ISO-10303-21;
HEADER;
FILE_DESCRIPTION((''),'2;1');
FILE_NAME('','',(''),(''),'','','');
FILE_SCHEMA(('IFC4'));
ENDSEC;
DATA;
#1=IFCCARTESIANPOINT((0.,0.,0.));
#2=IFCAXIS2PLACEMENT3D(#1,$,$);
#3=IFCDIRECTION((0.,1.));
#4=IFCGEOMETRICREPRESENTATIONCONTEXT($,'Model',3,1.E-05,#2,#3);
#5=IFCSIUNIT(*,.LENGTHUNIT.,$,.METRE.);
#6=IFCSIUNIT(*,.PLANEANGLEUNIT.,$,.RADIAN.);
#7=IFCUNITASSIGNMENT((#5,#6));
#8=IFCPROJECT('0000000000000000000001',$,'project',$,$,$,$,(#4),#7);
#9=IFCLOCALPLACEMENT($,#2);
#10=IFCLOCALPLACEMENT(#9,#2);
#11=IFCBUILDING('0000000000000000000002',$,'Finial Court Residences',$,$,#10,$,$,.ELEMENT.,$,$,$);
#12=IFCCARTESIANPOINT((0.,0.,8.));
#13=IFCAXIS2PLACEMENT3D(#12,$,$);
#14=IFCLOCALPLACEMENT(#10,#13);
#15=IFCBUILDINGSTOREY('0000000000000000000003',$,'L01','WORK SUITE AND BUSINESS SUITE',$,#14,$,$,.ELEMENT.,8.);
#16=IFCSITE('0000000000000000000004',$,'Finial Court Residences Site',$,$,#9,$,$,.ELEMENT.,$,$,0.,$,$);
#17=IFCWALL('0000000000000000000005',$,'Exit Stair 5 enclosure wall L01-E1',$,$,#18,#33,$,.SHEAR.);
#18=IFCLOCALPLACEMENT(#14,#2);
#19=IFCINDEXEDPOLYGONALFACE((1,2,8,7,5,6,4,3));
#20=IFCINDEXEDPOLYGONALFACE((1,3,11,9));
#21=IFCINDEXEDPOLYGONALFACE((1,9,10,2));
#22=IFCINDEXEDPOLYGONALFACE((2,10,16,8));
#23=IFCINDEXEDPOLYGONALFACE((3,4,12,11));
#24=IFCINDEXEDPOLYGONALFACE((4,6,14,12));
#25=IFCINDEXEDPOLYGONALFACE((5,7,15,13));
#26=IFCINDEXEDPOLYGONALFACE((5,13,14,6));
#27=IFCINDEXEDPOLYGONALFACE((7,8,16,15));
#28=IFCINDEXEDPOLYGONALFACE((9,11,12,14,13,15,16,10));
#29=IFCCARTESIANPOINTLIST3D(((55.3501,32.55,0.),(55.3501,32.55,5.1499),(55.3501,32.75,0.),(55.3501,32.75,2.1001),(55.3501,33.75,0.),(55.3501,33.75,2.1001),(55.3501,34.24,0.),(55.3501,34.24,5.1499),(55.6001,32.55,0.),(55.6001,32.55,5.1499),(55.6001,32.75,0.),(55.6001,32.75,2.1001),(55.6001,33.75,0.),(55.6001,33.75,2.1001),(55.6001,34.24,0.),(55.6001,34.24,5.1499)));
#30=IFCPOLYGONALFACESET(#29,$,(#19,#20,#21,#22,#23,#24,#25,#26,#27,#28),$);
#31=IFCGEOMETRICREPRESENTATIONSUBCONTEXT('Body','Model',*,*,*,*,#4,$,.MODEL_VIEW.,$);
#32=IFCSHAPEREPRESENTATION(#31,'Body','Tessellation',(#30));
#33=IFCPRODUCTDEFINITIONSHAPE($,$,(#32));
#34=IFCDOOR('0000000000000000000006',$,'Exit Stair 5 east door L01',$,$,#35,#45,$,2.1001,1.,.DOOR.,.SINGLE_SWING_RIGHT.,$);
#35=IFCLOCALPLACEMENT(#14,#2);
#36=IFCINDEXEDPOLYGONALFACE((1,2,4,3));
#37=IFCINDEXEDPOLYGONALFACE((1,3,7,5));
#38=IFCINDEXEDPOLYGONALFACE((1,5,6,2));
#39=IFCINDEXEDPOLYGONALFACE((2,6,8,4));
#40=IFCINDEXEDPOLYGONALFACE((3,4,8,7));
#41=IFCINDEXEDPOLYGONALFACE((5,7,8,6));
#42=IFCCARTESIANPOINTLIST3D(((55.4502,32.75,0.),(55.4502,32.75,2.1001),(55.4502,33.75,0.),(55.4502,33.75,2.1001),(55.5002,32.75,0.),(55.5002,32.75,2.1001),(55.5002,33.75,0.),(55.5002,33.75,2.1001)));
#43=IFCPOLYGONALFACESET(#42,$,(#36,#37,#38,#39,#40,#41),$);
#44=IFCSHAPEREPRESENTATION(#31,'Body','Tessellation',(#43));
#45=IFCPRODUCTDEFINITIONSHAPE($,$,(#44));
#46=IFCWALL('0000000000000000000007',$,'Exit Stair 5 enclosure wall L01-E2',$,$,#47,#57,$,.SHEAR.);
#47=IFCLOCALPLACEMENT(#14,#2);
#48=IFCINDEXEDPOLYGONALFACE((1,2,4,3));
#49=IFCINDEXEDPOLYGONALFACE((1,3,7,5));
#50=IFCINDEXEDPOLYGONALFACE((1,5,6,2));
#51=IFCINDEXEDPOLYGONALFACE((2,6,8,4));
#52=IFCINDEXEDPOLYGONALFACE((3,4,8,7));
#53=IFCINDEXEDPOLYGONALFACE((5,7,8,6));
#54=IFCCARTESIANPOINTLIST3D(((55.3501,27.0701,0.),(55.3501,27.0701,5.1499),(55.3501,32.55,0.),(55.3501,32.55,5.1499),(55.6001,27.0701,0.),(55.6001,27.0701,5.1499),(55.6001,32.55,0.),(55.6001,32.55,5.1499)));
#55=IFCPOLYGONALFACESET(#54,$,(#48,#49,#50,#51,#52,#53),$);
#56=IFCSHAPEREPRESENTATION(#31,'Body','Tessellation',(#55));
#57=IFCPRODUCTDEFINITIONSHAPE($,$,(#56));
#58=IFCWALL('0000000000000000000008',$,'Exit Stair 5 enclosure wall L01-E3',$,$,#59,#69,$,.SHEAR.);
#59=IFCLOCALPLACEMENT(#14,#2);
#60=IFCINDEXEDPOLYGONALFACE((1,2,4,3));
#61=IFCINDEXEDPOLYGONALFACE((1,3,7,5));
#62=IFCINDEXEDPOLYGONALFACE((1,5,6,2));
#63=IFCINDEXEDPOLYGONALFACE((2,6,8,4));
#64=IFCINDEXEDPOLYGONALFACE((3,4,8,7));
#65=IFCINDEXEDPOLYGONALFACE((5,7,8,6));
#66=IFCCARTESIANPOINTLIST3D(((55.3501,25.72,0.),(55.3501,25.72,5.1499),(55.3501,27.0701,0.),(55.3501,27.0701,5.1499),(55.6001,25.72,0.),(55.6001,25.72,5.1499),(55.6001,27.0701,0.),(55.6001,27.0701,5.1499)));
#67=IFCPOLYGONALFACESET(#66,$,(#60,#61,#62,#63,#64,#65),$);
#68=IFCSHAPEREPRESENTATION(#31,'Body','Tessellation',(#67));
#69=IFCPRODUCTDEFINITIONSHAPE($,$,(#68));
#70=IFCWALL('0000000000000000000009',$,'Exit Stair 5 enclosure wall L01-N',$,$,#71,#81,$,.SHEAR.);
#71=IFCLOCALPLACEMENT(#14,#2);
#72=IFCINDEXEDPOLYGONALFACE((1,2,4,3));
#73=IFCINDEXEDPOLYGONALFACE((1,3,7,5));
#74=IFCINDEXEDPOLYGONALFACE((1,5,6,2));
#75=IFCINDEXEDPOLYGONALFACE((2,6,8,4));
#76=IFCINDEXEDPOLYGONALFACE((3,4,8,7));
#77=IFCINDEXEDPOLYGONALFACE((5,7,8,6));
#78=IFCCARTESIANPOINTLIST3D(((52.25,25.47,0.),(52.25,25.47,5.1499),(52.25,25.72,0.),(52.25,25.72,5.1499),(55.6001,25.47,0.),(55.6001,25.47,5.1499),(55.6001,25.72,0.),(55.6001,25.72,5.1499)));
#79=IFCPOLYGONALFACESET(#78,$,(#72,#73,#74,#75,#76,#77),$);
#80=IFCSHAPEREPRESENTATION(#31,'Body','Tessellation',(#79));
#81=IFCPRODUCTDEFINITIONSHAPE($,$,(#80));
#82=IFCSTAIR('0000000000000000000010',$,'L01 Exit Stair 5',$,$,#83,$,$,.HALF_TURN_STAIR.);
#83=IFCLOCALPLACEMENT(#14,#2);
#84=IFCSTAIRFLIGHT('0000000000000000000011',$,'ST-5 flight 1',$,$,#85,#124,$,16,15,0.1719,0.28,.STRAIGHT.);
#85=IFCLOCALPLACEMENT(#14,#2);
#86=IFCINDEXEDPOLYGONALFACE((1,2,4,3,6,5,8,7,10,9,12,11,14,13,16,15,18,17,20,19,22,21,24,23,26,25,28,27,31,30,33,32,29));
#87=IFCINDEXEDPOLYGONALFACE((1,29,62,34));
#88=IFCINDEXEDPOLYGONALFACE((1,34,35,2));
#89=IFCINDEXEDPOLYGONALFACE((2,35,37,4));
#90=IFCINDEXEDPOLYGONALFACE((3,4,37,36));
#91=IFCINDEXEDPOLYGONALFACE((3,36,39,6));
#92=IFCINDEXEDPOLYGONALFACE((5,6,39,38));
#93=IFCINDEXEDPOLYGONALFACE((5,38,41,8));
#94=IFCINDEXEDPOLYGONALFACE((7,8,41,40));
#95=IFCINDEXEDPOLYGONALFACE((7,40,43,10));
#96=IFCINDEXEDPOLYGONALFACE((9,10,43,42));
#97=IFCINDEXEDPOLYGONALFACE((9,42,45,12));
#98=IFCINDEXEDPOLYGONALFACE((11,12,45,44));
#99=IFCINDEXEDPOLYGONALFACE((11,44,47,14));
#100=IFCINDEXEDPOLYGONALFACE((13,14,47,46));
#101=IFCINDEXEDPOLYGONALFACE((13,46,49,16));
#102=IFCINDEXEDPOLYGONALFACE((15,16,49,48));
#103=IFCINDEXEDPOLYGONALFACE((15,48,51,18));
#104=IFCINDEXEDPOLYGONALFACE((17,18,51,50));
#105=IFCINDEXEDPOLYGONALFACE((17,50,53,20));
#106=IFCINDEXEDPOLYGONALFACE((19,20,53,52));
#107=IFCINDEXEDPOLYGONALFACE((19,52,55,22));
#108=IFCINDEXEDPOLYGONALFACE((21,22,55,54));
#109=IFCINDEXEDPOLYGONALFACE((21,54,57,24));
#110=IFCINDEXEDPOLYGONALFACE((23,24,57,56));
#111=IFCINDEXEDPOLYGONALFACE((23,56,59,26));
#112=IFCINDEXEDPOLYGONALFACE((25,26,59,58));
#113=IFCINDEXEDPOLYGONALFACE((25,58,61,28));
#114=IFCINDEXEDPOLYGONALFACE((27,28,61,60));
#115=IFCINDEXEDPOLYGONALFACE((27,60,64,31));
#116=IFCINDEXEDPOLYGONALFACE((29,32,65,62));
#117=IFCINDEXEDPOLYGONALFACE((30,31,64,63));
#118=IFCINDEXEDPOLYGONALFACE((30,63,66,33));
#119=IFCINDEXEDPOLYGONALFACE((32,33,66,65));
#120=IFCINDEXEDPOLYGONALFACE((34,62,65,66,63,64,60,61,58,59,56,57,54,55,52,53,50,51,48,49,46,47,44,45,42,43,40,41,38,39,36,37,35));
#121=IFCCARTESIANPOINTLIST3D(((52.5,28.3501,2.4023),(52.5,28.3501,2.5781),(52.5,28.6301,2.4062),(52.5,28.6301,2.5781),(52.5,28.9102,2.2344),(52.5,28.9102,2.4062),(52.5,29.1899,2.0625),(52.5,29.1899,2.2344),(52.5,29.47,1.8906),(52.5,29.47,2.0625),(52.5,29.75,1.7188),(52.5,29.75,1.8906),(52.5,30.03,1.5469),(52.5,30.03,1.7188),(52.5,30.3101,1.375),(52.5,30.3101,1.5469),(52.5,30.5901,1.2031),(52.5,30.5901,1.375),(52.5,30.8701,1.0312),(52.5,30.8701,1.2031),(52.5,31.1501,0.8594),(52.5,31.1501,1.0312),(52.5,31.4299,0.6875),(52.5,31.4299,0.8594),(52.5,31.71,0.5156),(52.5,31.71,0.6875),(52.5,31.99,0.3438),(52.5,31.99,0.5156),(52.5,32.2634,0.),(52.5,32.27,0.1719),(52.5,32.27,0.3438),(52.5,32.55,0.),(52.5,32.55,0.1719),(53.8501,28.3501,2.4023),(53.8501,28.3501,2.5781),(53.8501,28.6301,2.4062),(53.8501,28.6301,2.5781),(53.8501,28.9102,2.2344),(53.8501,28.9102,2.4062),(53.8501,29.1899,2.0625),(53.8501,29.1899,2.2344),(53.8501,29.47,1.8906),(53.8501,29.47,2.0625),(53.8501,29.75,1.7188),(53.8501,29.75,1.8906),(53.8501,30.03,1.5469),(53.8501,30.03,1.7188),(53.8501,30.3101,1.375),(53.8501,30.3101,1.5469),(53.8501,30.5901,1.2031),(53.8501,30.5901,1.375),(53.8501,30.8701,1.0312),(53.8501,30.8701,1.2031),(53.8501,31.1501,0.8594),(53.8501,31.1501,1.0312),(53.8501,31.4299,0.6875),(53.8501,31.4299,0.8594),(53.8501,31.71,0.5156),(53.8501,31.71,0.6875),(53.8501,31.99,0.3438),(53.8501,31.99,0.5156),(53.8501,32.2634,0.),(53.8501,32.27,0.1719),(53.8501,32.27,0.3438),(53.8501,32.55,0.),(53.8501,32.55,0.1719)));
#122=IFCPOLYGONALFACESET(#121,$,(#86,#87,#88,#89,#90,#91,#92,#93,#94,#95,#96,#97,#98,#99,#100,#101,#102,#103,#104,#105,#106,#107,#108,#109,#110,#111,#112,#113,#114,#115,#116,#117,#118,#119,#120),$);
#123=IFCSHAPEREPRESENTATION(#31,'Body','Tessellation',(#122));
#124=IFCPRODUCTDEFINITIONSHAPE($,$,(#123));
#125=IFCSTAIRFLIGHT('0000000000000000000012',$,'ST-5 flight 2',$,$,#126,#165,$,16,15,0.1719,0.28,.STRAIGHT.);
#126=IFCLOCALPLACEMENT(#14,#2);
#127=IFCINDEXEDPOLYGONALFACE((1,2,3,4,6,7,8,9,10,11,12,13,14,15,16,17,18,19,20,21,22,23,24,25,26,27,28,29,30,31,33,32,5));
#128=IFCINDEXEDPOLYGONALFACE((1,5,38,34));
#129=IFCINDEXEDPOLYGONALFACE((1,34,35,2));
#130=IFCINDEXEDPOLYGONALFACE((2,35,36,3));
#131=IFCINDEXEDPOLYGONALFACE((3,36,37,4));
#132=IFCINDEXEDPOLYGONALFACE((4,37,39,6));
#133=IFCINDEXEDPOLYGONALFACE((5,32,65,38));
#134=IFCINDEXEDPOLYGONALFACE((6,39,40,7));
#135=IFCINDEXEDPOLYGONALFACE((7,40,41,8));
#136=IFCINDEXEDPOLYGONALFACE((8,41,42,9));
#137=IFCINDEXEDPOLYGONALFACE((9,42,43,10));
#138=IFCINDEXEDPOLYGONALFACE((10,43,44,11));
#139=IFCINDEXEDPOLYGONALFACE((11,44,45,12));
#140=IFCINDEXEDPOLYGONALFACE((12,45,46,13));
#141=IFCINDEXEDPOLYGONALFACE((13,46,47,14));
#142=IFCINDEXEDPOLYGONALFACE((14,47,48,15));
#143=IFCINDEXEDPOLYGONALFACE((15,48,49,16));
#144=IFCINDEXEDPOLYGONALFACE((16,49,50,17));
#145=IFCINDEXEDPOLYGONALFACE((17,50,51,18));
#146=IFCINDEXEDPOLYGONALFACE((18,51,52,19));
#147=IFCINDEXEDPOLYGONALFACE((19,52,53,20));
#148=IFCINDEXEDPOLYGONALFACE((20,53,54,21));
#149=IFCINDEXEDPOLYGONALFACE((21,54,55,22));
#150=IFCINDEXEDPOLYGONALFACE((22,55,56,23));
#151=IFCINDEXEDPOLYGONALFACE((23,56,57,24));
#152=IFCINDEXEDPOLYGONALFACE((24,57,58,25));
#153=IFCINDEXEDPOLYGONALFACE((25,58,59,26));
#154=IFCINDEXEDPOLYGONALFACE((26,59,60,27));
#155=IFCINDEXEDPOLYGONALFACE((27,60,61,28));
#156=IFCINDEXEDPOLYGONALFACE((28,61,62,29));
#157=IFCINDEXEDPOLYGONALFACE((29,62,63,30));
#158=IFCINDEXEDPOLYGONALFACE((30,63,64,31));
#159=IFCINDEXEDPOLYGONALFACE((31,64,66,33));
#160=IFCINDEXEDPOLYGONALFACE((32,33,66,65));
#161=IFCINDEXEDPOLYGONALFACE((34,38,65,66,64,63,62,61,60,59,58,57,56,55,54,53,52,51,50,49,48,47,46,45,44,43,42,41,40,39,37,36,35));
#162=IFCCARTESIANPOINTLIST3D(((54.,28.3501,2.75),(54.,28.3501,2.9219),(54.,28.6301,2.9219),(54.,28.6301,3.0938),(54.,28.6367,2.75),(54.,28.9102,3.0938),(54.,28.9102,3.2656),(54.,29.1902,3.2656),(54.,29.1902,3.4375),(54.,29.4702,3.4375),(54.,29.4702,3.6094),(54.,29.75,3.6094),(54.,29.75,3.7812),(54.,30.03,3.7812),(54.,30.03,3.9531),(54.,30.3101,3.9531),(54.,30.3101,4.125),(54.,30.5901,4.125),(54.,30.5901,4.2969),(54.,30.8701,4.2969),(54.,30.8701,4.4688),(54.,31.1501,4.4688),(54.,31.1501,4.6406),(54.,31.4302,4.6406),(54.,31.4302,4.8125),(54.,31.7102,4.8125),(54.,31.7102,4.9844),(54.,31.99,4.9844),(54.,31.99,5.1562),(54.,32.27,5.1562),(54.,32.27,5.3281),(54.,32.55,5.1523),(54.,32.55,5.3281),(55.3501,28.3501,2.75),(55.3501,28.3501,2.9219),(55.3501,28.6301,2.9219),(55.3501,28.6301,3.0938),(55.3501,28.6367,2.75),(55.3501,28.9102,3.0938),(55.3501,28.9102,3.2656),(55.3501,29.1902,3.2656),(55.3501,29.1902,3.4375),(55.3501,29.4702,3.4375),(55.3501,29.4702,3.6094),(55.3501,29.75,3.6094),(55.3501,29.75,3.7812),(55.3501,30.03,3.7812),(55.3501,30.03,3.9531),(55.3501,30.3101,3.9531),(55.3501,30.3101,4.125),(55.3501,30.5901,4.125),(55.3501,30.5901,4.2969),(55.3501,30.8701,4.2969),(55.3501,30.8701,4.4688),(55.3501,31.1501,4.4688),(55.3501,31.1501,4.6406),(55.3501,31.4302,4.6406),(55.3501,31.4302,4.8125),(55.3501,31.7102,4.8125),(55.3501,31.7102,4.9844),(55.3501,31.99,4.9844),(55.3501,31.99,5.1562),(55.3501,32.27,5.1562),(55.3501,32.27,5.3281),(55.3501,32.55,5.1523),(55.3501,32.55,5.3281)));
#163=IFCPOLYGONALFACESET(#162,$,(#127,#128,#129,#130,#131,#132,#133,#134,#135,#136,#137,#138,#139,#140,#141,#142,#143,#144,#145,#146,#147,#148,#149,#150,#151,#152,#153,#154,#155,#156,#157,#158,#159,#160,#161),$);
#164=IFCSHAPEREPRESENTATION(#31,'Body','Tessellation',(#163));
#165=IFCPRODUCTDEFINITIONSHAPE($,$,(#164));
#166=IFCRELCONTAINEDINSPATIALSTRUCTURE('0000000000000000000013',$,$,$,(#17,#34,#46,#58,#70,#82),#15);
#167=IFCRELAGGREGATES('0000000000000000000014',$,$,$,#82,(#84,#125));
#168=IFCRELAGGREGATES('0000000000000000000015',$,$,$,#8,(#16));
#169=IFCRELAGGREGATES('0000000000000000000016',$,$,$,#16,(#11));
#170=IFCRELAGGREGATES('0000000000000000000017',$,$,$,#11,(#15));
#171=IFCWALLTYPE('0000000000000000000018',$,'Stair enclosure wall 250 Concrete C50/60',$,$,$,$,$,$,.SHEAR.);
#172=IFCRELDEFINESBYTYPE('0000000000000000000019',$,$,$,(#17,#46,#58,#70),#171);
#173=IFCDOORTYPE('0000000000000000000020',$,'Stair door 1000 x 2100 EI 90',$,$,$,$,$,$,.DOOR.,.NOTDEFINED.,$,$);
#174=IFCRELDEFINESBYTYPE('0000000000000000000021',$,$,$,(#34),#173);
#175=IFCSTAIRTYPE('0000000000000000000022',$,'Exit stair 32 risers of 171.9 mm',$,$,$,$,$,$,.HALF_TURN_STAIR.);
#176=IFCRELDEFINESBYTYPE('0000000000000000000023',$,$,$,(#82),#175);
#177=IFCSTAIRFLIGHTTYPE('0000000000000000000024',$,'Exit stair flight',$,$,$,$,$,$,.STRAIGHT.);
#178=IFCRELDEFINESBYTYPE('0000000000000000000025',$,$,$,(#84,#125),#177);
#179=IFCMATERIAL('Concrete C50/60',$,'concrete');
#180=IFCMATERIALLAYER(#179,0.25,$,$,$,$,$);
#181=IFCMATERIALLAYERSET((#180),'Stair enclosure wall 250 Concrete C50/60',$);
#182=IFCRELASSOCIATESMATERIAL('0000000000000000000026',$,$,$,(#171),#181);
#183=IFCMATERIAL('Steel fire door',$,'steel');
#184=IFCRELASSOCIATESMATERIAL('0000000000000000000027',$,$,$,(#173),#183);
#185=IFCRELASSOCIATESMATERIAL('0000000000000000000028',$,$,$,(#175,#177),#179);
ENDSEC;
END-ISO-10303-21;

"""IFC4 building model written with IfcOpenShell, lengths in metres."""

from ifc_helpers import new_model, si_unit, direction, frame, frame_2d, origin, place, context, subcontext, project, spatial, polyline, rectangle, outline, extrude, material, layer, layer_set, type_object, element, fill, aggregate, save


model = new_model("IFC4")

# Units and contexts
model_context = context("Model", 3, precision=1e-05, world=origin(), true_north=direction((0.0, 1.0)))
body_context = subcontext(model_context, "Body", "Model", "MODEL_VIEW")
ifc_project = project(units=[si_unit("LENGTHUNIT", "METRE"), si_unit("PLANEANGLEUNIT", "RADIAN")], contexts=[model_context])

# Site, building, storey
site_placement = place(None, origin())
site = spatial("IfcSite", under=ifc_project, at=site_placement, Name="Finial Court Residences Site", CompositionType="ELEMENT", RefElevation=0.0)
building_placement = place(site_placement, origin())
building = spatial("IfcBuilding", under=site, at=building_placement, Name="Finial Court Residences", CompositionType="ELEMENT")
storey_placement = place(building_placement, frame((0.0, 0.0, 8.0)))
storey = spatial("IfcBuildingStorey", under=building, at=storey_placement, Name="L01", Description="WORK SUITE AND BUSINESS SUITE", CompositionType="ELEMENT", Elevation=8.0)

# Shared definitions
ifc_material_1 = material(Name="Concrete C50/60", Category="concrete")

# Shared definitions
ifc_layer_1 = layer(ifc_material_1, 0.25)
ifc_layer_set_1 = layer_set([ifc_layer_1], Name="Stair enclosure wall 250 Concrete C50/60")
wall_type_1 = type_object("IfcWallType", Name="Stair enclosure wall 250 Concrete C50/60", PredefinedType="SHEAR", material=ifc_layer_set_1)
ifc_material_2 = material(Name="Steel fire door", Category="steel")
door_type_1 = type_object("IfcDoorType", Name="Stair door 1000 x 2100 EI 90", OperationType="NOTDEFINED", PredefinedType="DOOR", material=ifc_material_2)

# Wall, opening, door
wall_1_placement = place(storey_placement, frame((55.4751, 32.55, 0.0), z_axis=(0.0, 0.0, 1.0), x_axis=(0.0, 1.0, 0.0)))
wall_1 = element("IfcWall", 1, at=wall_1_placement, inside=storey, type_object=wall_type_1, Name="Exit Stair 5 enclosure wall L01-E1", PredefinedType="SHEAR", context=body_context, shape_type="SweptSolid", body=[
    extrude(rectangle(XDim=1.6899, YDim=0.25, at=frame_2d((0.845, 0.0))), origin(), (0.0, 0.0, 1.0), 5.1499),
])
opening_1_placement = place(wall_1_placement, frame((0.2, 0.0, 0.0)))
opening_1 = element("IfcOpeningElement", 2, at=opening_1_placement, cuts=wall_1, PredefinedType="OPENING", context=body_context, shape_type="SweptSolid", body=[
    extrude(rectangle(XDim=1.0, YDim=2.1001, at=frame_2d((0.5, 1.05))), frame((0.0, 0.135, 0.0), z_axis=(0.0, -1.0, 0.0), x_axis=(1.0, 0.0, 0.0)), (0.0, 0.0, 1.0), 0.27),
])
door_1_placement = place(opening_1_placement, origin())
door_1 = element("IfcDoor", 3, at=door_1_placement, inside=storey, type_object=door_type_1, Name="Exit Stair 5 east door L01", OperationType="SINGLE_SWING_RIGHT", OverallHeight=2.1001, OverallWidth=1.0, PredefinedType="DOOR", context=body_context, shape_type="SweptSolid", body=[
    extrude(rectangle(XDim=1.0, YDim=2.1001, at=frame_2d((0.5, 1.05))), frame((0.0, 0.0249, 0.0), z_axis=(0.0, -1.0, 0.0), x_axis=(1.0, 0.0, 0.0)), (0.0, 0.0, 1.0), 0.05),
])
fill(opening_1, door_1)

# Walls
wall_2_placement = place(storey_placement, frame((55.4751, 27.0701, 0.0), z_axis=(0.0, 0.0, 1.0), x_axis=(0.0, 1.0, 0.0)))
element("IfcWall", 4, at=wall_2_placement, inside=storey, type_object=wall_type_1, Name="Exit Stair 5 enclosure wall L01-E2", PredefinedType="SHEAR", context=body_context, shape_type="SweptSolid", body=[
    extrude(rectangle(XDim=5.48, YDim=0.25, at=frame_2d((2.74, 0.0))), origin(), (0.0, 0.0, 1.0), 5.1499),
])
wall_3_placement = place(storey_placement, frame((55.4751, 25.72, 0.0), z_axis=(0.0, 0.0, 1.0), x_axis=(0.0, 1.0, 0.0)))
element("IfcWall", 5, at=wall_3_placement, inside=storey, type_object=wall_type_1, Name="Exit Stair 5 enclosure wall L01-E3", PredefinedType="SHEAR", context=body_context, shape_type="SweptSolid", body=[
    extrude(rectangle(XDim=1.3501, YDim=0.25, at=frame_2d((0.675, 0.0))), origin(), (0.0, 0.0, 1.0), 5.1499),
])
wall_4_placement = place(storey_placement, frame((52.25, 25.595, 0.0), z_axis=(0.0, 0.0, 1.0), x_axis=(1.0, 0.0, 0.0)))
element("IfcWall", 6, at=wall_4_placement, inside=storey, type_object=wall_type_1, Name="Exit Stair 5 enclosure wall L01-N", PredefinedType="SHEAR", context=body_context, shape_type="SweptSolid", body=[
    extrude(rectangle(XDim=3.3501, YDim=0.25, at=frame_2d((1.675, 0.0))), origin(), (0.0, 0.0, 1.0), 5.1499),
])

# Stair, stair flights
stair_type = type_object("IfcStairType", Name="Exit stair 32 risers of 171.9 mm", PredefinedType="HALF_TURN_STAIR", material=ifc_material_1)
stair_placement = place(storey_placement, origin())
stair = element("IfcStair", 7, at=stair_placement, inside=storey, type_object=stair_type, Name="L01 Exit Stair 5", PredefinedType="HALF_TURN_STAIR")
stair_flight_type = type_object("IfcStairFlightType", Name="Exit stair flight", PredefinedType="STRAIGHT", material=ifc_material_1)
stair_flight_1_placement = place(storey_placement, frame((53.175, 32.55, 0.0), z_axis=(0.0, 0.0, 1.0), x_axis=(0.0, -1.0, 0.0)))
stair_flight_1 = element("IfcStairFlight", 8, at=stair_flight_1_placement, type_object=stair_flight_type, Name="ST-5 flight 1", NumberOfRisers=16, NumberOfTreads=15, PredefinedType="STRAIGHT", RiserHeight=0.1719, TreadLength=0.28, context=body_context, shape_type="SweptSolid", body=[
    extrude(outline(polyline([(0.0, 0.0), (0.0, 0.1719), (0.28, 0.1719), (0.28, 0.3438), (0.5601, 0.3438), (0.5601, 0.5156), (0.8401, 0.5156), (0.8401, 0.6875), (1.1201, 0.6875), (1.1201, 0.8594), (1.3999, 0.8594), (1.3999, 1.0312), (1.6799, 1.0312), (1.6799, 1.2031), (1.96, 1.2031), (1.96, 1.375), (2.24, 1.375), (2.24, 1.5469), (2.52, 1.5469), (2.52, 1.7188), (2.8, 1.7188), (2.8, 1.8906), (3.0801, 1.8906), (3.0801, 2.0625), (3.3601, 2.0625), (3.3601, 2.2344), (3.6399, 2.2344), (3.6399, 2.4062), (3.9199, 2.4062), (3.9199, 2.5781), (4.2, 2.5781), (4.2, 2.75), (4.2, 2.4023), (0.2866, 0.0), (0.0, 0.0)])), frame((0.0, 0.675, 0.0), z_axis=(0.0, -1.0, 0.0), x_axis=(1.0, 0.0, 0.0)), (0.0, 0.0, 1.0), 1.3501),
])
stair_flight_2_placement = place(storey_placement, frame((54.675, 28.3501, 2.75), z_axis=(0.0, 0.0, 1.0), x_axis=(0.0, 1.0, 0.0)))
stair_flight_2 = element("IfcStairFlight", 9, at=stair_flight_2_placement, type_object=stair_flight_type, Name="ST-5 flight 2", NumberOfRisers=16, NumberOfTreads=15, PredefinedType="STRAIGHT", RiserHeight=0.1719, TreadLength=0.28, context=body_context, shape_type="SweptSolid", body=[
    extrude(outline(polyline([(0.0, 0.0), (0.0, 0.1719), (0.28, 0.1719), (0.28, 0.3438), (0.5601, 0.3438), (0.5601, 0.5156), (0.8401, 0.5156), (0.8401, 0.6875), (1.1201, 0.6875), (1.1201, 0.8594), (1.3999, 0.8594), (1.3999, 1.0312), (1.6799, 1.0312), (1.6799, 1.2031), (1.96, 1.2031), (1.96, 1.375), (2.24, 1.375), (2.24, 1.5469), (2.52, 1.5469), (2.52, 1.7188), (2.8, 1.7188), (2.8, 1.8906), (3.0801, 1.8906), (3.0801, 2.0625), (3.3601, 2.0625), (3.3601, 2.2344), (3.6399, 2.2344), (3.6399, 2.4062), (3.9199, 2.4062), (3.9199, 2.5781), (4.2, 2.5781), (4.2, 2.75), (4.2, 2.4023), (0.2866, 0.0), (0.0, 0.0)])), frame((0.0, 0.675, 0.0), z_axis=(0.0, -1.0, 0.0), x_axis=(1.0, 0.0, 0.0)), (0.0, 0.0, 1.0), 1.3501),
])
aggregate(stair, [stair_flight_1, stair_flight_2])

save(model, "model.ifc")
